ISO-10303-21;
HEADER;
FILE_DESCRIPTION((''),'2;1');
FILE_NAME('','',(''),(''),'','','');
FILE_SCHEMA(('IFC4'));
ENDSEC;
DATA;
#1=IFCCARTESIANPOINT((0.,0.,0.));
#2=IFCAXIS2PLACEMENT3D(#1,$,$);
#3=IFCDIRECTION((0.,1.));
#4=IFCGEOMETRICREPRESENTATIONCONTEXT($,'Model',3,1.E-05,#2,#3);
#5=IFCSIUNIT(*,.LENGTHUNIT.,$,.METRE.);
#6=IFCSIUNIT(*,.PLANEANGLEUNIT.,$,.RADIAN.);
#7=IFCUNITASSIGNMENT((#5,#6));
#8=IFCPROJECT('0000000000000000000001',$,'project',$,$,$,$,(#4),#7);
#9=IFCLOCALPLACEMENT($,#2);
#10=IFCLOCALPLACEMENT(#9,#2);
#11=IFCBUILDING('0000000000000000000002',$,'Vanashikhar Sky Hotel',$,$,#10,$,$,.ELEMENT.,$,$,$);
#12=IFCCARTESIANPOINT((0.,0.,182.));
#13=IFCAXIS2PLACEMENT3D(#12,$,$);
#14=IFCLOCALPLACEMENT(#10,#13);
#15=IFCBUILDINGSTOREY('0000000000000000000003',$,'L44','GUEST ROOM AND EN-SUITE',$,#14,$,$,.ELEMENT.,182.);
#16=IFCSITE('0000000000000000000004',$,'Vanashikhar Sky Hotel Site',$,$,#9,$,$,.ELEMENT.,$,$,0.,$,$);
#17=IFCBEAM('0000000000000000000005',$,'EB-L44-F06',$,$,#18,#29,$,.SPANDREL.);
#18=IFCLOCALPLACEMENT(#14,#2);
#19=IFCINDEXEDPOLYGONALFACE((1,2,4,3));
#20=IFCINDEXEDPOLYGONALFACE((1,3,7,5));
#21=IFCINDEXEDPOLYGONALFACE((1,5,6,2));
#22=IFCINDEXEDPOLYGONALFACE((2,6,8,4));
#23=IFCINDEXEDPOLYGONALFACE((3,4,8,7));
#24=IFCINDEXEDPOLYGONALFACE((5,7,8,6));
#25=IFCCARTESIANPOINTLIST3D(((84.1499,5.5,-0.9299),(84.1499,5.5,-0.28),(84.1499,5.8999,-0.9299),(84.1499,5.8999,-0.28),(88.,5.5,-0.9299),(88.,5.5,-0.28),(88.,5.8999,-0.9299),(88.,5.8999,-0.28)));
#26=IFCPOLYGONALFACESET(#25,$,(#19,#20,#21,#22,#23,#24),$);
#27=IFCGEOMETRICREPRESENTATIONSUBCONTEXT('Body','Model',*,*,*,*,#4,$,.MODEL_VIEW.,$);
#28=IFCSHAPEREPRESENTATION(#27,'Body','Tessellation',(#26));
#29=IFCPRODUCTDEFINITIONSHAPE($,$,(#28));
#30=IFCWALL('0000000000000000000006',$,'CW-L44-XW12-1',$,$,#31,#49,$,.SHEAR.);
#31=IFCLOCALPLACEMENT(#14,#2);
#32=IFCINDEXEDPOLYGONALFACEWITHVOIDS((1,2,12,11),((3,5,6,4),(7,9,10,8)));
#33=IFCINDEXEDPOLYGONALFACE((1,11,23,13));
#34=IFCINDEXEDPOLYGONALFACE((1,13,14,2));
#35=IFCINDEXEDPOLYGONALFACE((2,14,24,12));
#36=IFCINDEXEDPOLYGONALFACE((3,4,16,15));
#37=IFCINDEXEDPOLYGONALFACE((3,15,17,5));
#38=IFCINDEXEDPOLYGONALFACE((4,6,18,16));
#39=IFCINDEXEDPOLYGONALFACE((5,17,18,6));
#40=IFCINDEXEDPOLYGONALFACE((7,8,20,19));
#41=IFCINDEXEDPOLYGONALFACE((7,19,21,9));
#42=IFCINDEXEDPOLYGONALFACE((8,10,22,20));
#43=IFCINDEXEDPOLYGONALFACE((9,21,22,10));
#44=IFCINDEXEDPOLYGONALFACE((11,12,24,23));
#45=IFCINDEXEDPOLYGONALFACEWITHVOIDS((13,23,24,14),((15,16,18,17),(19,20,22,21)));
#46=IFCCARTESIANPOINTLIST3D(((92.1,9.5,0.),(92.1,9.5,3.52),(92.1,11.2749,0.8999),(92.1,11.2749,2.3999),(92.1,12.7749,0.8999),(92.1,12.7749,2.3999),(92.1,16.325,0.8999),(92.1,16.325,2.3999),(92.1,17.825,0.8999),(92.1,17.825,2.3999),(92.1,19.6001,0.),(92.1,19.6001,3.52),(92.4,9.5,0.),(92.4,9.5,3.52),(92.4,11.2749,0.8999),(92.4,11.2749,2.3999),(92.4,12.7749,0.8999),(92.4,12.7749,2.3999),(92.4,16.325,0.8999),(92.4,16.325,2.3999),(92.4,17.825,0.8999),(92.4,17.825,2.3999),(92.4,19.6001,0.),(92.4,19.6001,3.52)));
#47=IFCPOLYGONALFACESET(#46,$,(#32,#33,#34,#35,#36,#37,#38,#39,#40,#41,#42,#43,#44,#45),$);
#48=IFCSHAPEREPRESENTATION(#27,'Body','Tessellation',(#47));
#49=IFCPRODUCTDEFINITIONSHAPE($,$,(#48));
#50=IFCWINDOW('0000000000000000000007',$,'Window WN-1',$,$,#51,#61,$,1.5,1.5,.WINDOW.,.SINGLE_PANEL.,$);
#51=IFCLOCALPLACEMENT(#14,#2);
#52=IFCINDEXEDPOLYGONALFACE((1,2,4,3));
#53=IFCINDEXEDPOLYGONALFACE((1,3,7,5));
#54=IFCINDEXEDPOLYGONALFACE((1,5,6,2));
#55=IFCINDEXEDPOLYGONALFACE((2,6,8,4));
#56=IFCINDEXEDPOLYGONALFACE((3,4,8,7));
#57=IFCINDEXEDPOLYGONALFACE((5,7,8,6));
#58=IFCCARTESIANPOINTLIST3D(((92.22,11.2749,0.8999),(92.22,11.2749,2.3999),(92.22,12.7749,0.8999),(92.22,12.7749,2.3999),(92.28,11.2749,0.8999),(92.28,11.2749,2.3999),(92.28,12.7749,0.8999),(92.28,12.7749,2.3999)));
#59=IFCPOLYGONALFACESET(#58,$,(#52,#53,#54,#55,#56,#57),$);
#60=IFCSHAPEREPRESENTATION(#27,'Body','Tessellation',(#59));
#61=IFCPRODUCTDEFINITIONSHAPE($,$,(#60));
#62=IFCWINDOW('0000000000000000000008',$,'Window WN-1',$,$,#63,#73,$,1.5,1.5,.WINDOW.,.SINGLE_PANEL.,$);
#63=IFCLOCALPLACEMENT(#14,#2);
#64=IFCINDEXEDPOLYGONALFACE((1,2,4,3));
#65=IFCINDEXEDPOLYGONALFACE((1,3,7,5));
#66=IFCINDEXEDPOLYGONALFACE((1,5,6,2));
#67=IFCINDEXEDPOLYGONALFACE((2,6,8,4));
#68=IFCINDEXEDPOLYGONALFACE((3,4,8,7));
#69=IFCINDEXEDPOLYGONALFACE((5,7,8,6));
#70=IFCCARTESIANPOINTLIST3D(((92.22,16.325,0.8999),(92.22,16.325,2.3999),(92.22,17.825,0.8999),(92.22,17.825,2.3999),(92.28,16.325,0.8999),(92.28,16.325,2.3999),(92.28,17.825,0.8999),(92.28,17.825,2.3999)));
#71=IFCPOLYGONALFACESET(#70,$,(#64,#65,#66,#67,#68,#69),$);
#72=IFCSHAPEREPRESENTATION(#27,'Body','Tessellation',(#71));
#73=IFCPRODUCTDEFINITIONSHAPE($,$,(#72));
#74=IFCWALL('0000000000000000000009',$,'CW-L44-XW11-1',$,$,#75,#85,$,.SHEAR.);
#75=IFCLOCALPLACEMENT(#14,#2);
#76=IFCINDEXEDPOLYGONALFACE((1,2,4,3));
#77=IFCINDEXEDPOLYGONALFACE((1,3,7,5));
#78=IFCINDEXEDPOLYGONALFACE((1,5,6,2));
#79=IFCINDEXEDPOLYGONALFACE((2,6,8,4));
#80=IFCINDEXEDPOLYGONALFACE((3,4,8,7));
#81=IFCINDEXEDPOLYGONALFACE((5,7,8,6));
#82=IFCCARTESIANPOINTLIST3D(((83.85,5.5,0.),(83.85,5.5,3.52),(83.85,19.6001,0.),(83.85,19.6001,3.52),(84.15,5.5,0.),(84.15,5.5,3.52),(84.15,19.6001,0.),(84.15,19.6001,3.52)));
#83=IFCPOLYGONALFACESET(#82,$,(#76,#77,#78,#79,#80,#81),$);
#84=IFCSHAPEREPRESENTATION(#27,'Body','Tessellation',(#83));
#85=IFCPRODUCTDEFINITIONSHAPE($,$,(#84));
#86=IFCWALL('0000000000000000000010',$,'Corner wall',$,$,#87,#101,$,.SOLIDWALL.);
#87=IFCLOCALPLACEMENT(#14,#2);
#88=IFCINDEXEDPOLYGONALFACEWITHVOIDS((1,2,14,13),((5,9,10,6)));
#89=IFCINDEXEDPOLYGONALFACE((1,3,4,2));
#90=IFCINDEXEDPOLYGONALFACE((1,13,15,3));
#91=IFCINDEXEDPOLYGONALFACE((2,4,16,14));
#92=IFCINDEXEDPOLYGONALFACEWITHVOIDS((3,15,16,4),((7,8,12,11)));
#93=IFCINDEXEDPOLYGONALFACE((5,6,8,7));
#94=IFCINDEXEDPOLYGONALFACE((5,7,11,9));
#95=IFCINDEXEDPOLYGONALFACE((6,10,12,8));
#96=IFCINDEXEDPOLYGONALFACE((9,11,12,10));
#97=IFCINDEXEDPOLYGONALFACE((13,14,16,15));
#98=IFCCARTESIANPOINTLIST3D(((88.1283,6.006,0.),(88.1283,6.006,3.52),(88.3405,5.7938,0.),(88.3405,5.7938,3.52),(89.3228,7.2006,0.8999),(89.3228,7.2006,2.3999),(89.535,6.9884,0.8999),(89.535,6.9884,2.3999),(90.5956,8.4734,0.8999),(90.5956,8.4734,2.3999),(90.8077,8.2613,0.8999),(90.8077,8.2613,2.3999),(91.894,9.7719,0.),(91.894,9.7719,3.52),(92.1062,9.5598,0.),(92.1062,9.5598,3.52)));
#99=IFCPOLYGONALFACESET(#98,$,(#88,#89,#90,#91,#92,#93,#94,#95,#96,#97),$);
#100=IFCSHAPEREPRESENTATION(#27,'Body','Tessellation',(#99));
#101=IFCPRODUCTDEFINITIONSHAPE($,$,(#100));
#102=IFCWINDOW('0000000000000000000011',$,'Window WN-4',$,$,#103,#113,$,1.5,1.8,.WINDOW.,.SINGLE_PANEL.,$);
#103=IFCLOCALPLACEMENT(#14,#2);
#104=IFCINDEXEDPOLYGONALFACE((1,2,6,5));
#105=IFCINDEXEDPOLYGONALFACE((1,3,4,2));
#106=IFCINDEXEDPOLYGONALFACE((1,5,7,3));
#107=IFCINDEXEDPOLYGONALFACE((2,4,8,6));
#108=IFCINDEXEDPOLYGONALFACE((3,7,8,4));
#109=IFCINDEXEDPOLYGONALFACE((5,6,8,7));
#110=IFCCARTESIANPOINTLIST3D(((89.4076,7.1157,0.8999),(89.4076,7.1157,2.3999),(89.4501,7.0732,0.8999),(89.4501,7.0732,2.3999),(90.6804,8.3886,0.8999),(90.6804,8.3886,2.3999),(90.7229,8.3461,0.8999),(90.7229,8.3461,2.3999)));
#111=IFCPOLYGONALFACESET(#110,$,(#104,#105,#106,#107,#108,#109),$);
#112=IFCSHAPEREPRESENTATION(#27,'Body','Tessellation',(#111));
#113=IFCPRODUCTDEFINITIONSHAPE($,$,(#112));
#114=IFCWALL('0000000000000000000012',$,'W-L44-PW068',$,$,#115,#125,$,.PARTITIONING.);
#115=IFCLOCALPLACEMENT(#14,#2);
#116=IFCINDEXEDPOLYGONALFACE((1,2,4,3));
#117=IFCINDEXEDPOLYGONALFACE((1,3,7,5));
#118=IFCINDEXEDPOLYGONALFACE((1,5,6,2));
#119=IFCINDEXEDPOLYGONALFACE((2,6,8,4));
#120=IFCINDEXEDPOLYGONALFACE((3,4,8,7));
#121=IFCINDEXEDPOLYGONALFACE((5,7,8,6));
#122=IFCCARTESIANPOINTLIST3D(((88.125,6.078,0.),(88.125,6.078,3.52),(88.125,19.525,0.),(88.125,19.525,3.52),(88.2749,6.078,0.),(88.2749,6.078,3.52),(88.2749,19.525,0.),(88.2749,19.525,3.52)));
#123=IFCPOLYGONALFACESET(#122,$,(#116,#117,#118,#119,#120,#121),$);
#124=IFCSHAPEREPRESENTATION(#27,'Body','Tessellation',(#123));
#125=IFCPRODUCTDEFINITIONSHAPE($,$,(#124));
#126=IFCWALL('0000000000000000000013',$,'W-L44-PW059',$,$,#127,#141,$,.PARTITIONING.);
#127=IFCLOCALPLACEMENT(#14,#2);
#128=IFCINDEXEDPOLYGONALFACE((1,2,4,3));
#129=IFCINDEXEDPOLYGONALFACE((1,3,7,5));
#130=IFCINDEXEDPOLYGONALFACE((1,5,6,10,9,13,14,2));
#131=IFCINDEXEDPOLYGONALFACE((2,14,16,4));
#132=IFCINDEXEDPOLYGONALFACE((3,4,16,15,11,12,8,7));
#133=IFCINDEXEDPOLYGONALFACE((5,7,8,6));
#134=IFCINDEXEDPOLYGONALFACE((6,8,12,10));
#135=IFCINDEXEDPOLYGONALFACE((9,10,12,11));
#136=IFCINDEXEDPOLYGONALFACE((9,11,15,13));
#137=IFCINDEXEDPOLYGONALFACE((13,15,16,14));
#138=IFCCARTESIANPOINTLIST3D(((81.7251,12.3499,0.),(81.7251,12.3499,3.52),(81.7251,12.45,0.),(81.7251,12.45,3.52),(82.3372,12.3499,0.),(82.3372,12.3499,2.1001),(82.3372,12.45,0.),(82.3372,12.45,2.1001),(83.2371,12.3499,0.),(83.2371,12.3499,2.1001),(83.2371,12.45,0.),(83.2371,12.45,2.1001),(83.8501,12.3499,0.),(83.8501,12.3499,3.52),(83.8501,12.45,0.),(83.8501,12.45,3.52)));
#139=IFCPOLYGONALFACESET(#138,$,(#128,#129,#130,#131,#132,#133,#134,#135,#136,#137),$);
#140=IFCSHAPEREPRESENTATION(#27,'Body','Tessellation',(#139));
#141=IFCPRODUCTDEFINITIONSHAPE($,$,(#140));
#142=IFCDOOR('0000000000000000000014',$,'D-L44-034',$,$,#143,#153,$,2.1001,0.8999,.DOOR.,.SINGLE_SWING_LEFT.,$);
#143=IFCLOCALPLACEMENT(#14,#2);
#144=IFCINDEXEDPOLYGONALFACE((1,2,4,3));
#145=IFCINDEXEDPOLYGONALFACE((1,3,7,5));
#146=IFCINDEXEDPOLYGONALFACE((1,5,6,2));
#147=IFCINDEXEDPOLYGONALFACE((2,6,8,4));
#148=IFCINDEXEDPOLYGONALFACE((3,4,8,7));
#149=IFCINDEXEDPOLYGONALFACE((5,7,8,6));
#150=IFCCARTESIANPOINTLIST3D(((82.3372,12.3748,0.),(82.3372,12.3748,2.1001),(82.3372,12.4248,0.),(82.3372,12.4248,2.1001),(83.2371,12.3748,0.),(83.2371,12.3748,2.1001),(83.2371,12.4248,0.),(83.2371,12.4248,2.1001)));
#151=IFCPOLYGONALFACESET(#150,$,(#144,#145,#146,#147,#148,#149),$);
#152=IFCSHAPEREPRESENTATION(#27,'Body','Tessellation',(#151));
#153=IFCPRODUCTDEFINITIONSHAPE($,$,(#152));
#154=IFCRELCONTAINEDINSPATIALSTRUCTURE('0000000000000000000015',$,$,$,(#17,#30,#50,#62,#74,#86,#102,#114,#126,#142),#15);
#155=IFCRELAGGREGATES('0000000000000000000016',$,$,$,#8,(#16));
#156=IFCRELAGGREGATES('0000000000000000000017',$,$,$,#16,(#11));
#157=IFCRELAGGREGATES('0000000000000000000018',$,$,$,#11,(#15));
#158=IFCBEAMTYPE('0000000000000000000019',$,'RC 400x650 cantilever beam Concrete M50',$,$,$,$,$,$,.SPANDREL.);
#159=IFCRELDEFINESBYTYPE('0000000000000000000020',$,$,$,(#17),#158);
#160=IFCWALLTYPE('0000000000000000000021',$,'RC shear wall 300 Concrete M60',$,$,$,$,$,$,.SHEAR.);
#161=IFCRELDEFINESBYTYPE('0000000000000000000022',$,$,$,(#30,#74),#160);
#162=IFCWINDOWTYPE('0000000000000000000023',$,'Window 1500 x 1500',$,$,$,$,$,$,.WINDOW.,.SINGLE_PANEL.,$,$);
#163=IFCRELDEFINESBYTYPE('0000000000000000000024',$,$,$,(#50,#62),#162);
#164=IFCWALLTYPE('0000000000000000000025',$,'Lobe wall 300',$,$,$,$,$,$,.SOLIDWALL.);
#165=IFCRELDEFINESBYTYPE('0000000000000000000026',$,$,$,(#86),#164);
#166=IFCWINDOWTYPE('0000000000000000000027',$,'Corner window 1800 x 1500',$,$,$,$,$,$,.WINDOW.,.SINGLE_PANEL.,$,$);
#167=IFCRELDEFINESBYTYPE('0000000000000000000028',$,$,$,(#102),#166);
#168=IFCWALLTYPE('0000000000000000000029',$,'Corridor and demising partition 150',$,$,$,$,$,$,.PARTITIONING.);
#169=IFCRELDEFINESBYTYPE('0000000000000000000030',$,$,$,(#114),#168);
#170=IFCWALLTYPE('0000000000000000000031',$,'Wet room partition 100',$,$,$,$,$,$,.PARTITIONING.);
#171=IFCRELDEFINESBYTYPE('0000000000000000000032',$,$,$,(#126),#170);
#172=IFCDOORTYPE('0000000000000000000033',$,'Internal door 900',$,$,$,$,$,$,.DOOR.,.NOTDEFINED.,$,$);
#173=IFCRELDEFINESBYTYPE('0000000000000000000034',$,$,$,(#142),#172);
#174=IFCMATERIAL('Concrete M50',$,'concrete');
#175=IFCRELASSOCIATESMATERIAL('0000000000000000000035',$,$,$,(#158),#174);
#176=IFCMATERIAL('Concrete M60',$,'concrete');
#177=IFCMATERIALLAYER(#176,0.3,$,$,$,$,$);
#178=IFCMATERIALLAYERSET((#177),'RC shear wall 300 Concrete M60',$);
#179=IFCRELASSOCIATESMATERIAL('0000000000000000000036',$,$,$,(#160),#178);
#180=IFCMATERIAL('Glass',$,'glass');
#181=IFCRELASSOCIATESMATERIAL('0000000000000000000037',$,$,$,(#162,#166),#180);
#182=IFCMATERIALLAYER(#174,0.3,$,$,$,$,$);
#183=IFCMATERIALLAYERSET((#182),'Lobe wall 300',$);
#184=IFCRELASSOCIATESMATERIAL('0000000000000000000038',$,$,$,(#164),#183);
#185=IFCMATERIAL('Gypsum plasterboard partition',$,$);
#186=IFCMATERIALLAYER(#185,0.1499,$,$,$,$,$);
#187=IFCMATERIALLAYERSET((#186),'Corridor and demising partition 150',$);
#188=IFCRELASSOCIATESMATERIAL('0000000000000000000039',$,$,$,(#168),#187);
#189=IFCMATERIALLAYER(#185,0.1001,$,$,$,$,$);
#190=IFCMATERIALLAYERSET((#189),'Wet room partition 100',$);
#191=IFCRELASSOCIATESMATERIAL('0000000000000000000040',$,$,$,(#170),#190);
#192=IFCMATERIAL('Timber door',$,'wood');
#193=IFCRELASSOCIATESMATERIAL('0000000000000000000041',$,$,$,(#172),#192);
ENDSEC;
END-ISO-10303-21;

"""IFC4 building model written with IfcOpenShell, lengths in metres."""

from ifc_helpers import new_model, si_unit, direction, frame, frame_2d, origin, origin_2d, place, context, subcontext, project, spatial, rectangle, extrude, source, transform, mapped, material, layer, layer_set, material_profile, profile_set, type_object, element, fill, save


model = new_model("IFC4")

# Units and contexts
model_context = context("Model", 3, precision=1e-05, world=origin(), true_north=direction((0.0, 1.0)))
body_context = subcontext(model_context, "Body", "Model", "MODEL_VIEW")
ifc_project = project(units=[si_unit("LENGTHUNIT", "METRE"), si_unit("PLANEANGLEUNIT", "RADIAN")], contexts=[model_context])

# Site, building, storey
site_placement = place(None, origin())
site = spatial("IfcSite", under=ifc_project, at=site_placement, Name="Vanashikhar Sky Hotel Site", CompositionType="ELEMENT", RefElevation=0.0)
building_placement = place(site_placement, origin())
building = spatial("IfcBuilding", under=site, at=building_placement, Name="Vanashikhar Sky Hotel", CompositionType="ELEMENT")
storey_placement = place(building_placement, frame((0.0, 0.0, 182.0)))
storey = spatial("IfcBuildingStorey", under=building, at=storey_placement, Name="L44", Description="GUEST ROOM AND EN-SUITE", CompositionType="ELEMENT", Elevation=182.0)

# Beam
ifc_material_1 = material(Name="Concrete M50", Category="concrete")
ifc_material_profile = material_profile(ifc_material_1, rectangle(XDim=0.3999, YDim=0.6499, at=origin_2d()))
ifc_profile_set = profile_set([ifc_material_profile], Name="RC 400x650 cantilever beam Concrete M50")
beam_type = type_object("IfcBeamType", Name="RC 400x650 cantilever beam Concrete M50", PredefinedType="SPANDREL", material=ifc_profile_set)
shared_shape_1 = source(origin(), body_context, "Body", "SweptSolid", [
    extrude(rectangle(XDim=0.3999, YDim=0.6499, at=origin_2d()), origin(), (0.0, 0.0, 1.0), 3.8501),
])
beam_placement = place(storey_placement, frame((84.1499, 5.7, -0.605), z_axis=(1.0, 0.0, 0.0), x_axis=(0.0, 1.0, 0.0)))
element("IfcBeam", 1, at=beam_placement, inside=storey, type_object=beam_type, Name="EB-L44-F06", PredefinedType="SPANDREL", context=body_context, shape_type="MappedRepresentation", body=[
    mapped(shared_shape_1, transform((0.0, 0.0, 0.0), scale=1.0)),
])

# Wall, openings, windows
ifc_material_2 = material(Name="Concrete M60", Category="concrete")
ifc_layer_1 = layer(ifc_material_2, 0.3)
ifc_layer_set_1 = layer_set([ifc_layer_1], Name="RC shear wall 300 Concrete M60")
wall_type_1 = type_object("IfcWallType", Name="RC shear wall 300 Concrete M60", PredefinedType="SHEAR", material=ifc_layer_set_1)
shared_shape_2 = source(origin(), body_context, "Body", "SweptSolid", [
    extrude(rectangle(XDim=10.1001, YDim=0.3, at=frame_2d((5.05, 0.0))), origin(), (0.0, 0.0, 1.0), 3.52),
])
wall_1_placement = place(storey_placement, frame((92.25, 9.5, 0.0), z_axis=(0.0, 0.0, 1.0), x_axis=(0.0, 1.0, 0.0)))
wall_1 = element("IfcWall", 2, at=wall_1_placement, inside=storey, type_object=wall_type_1, Name="CW-L44-XW12-1", PredefinedType="SHEAR", context=body_context, shape_type="MappedRepresentation", body=[
    mapped(shared_shape_2, transform((0.0, 0.0, 0.0), scale=1.0)),
])
shared_shape_3 = source(origin(), body_context, "Body", "SweptSolid", [
    extrude(rectangle(XDim=1.5, YDim=1.5, at=frame_2d((0.75, 0.75))), frame((0.0, 0.1602, 0.0), z_axis=(0.0, -1.0, 0.0), x_axis=(1.0, 0.0, 0.0)), (0.0, 0.0, 1.0), 0.3201),
])
opening_1_placement = place(wall_1_placement, frame((1.7749, 0.0, 0.8999)))
opening_1 = element("IfcOpeningElement", 3, at=opening_1_placement, cuts=wall_1, PredefinedType="OPENING", context=body_context, shape_type="MappedRepresentation", body=[
    mapped(shared_shape_3, transform((0.0, 0.0, 0.0), scale=1.0)),
])
opening_2_placement = place(wall_1_placement, frame((6.825, 0.0, 0.8999)))
opening_2 = element("IfcOpeningElement", 4, at=opening_2_placement, cuts=wall_1, PredefinedType="OPENING", context=body_context, shape_type="MappedRepresentation", body=[
    mapped(shared_shape_3, transform((0.0, 0.0, 0.0), scale=1.0)),
])
ifc_material_3 = material(Name="Glass", Category="glass")
window_type_1 = type_object("IfcWindowType", Name="Window 1500 x 1500", PartitioningType="SINGLE_PANEL", PredefinedType="WINDOW", material=ifc_material_3)
shared_shape_4 = source(origin(), body_context, "Body", "SweptSolid", [
    extrude(rectangle(XDim=1.5, YDim=1.5, at=frame_2d((0.75, 0.75))), frame((0.0, 0.03, 0.0), z_axis=(0.0, -1.0, 0.0), x_axis=(1.0, 0.0, 0.0)), (0.0, 0.0, 1.0), 0.0601),
])
window_1_placement = place(opening_1_placement, origin())
window_1 = element("IfcWindow", 5, at=window_1_placement, inside=storey, type_object=window_type_1, Name="Window WN-1", OverallHeight=1.5, OverallWidth=1.5, PartitioningType="SINGLE_PANEL", PredefinedType="WINDOW", context=body_context, shape_type="MappedRepresentation", body=[
    mapped(shared_shape_4, transform((0.0, 0.0, 0.0), scale=1.0)),
])
fill(opening_1, window_1)
window_2_placement = place(opening_2_placement, origin())
window_2 = element("IfcWindow", 6, at=window_2_placement, inside=storey, type_object=window_type_1, Name="Window WN-1", OverallHeight=1.5, OverallWidth=1.5, PartitioningType="SINGLE_PANEL", PredefinedType="WINDOW", context=body_context, shape_type="MappedRepresentation", body=[
    mapped(shared_shape_4, transform((0.0, 0.0, 0.0), scale=1.0)),
])
fill(opening_2, window_2)

# Wall
shared_shape_5 = source(origin(), body_context, "Body", "SweptSolid", [
    extrude(rectangle(XDim=14.1001, YDim=0.3, at=frame_2d((7.05, 0.0))), origin(), (0.0, 0.0, 1.0), 3.52),
])
wall_2_placement = place(storey_placement, frame((84.0, 5.5, 0.0), z_axis=(0.0, 0.0, 1.0), x_axis=(0.0, 1.0, 0.0)))
element("IfcWall", 7, at=wall_2_placement, inside=storey, type_object=wall_type_1, Name="CW-L44-XW11-1", PredefinedType="SHEAR", context=body_context, shape_type="MappedRepresentation", body=[
    mapped(shared_shape_5, transform((0.0, 0.0, 0.0), scale=1.0)),
])

# Wall, opening, window
ifc_layer_2 = layer(ifc_material_1, 0.3)
ifc_layer_set_2 = layer_set([ifc_layer_2], Name="Lobe wall 300")
wall_type_2 = type_object("IfcWallType", Name="Lobe wall 300", PredefinedType="SOLIDWALL", material=ifc_layer_set_2)
shared_shape_6 = source(origin(), body_context, "Body", "SweptSolid", [
    extrude(rectangle(XDim=5.3257, YDim=0.3, at=frame_2d((2.6628, 0.0))), origin(), (0.0, 0.0, 1.0), 3.52),
])
wall_3_placement = place(storey_placement, frame((88.2344, 5.8999, 0.0), z_axis=(0.0, 0.0, 1.0), x_axis=(0.707084, 0.70713, 0.0)))
wall_3 = element("IfcWall", 8, at=wall_3_placement, inside=storey, type_object=wall_type_2, Name="Corner wall", PredefinedType="SOLIDWALL", context=body_context, shape_type="MappedRepresentation", body=[
    mapped(shared_shape_6, transform((0.0, 0.0, 0.0), scale=1.0)),
])
shared_shape_7 = source(origin(), body_context, "Body", "SweptSolid", [
    extrude(rectangle(XDim=1.8, YDim=1.5, at=frame_2d((0.8999, 0.75))), frame((0.0, 0.1602, 0.0), z_axis=(0.0, -1.0, 0.0), x_axis=(1.0, 0.0, 0.0)), (0.0, 0.0, 1.0), 0.3201),
])
opening_3_placement = place(wall_3_placement, frame((1.6895, 0.0, 0.8999)))
opening_3 = element("IfcOpeningElement", 9, at=opening_3_placement, cuts=wall_3, PredefinedType="OPENING", context=body_context, shape_type="MappedRepresentation", body=[
    mapped(shared_shape_7, transform((0.0, 0.0, 0.0), scale=1.0)),
])
window_type_2 = type_object("IfcWindowType", Name="Corner window 1800 x 1500", PartitioningType="SINGLE_PANEL", PredefinedType="WINDOW", material=ifc_material_3)
shared_shape_8 = source(origin(), body_context, "Body", "SweptSolid", [
    extrude(rectangle(XDim=1.8, YDim=1.5, at=frame_2d((0.8999, 0.75))), frame((0.0, 0.03, 0.0), z_axis=(0.0, -1.0, 0.0), x_axis=(1.0, 0.0, 0.0)), (0.0, 0.0, 1.0), 0.0601),
])
window_3_placement = place(opening_3_placement, origin())
window_3 = element("IfcWindow", 10, at=window_3_placement, inside=storey, type_object=window_type_2, Name="Window WN-4", OverallHeight=1.5, OverallWidth=1.8, PartitioningType="SINGLE_PANEL", PredefinedType="WINDOW", context=body_context, shape_type="MappedRepresentation", body=[
    mapped(shared_shape_8, transform((0.0, 0.0, 0.0), scale=1.0)),
])
fill(opening_3, window_3)

# Wall
ifc_material_4 = material(Name="Gypsum plasterboard partition")
ifc_layer_3 = layer(ifc_material_4, 0.1499)
ifc_layer_set_3 = layer_set([ifc_layer_3], Name="Corridor and demising partition 150")
wall_type_3 = type_object("IfcWallType", Name="Corridor and demising partition 150", PredefinedType="PARTITIONING", material=ifc_layer_set_3)
shared_shape_9 = source(origin(), body_context, "Body", "SweptSolid", [
    extrude(rectangle(XDim=13.447, YDim=0.1499, at=frame_2d((6.7236, 0.0))), origin(), (0.0, 0.0, 1.0), 3.52),
])
wall_4_placement = place(storey_placement, frame((88.2, 6.0779, 0.0), z_axis=(0.0, 0.0, 1.0), x_axis=(0.0, 1.0, 0.0)))
element("IfcWall", 11, at=wall_4_placement, inside=storey, type_object=wall_type_3, Name="W-L44-PW068", PredefinedType="PARTITIONING", context=body_context, shape_type="MappedRepresentation", body=[
    mapped(shared_shape_9, transform((0.0, 0.0, 0.0), scale=1.0)),
])

# Wall, opening, door
ifc_layer_4 = layer(ifc_material_4, 0.1001)
ifc_layer_set_4 = layer_set([ifc_layer_4], Name="Wet room partition 100")
wall_type_4 = type_object("IfcWallType", Name="Wet room partition 100", PredefinedType="PARTITIONING", material=ifc_layer_set_4)
shared_shape_10 = source(origin(), body_context, "Body", "SweptSolid", [
    extrude(rectangle(XDim=2.125, YDim=0.1001, at=frame_2d((1.0625, 0.0))), origin(), (0.0, 0.0, 1.0), 3.52),
])
wall_5_placement = place(storey_placement, frame((81.7251, 12.3999, 0.0), z_axis=(0.0, 0.0, 1.0), x_axis=(1.0, 0.0, 0.0)))
wall_5 = element("IfcWall", 12, at=wall_5_placement, inside=storey, type_object=wall_type_4, Name="W-L44-PW059", PredefinedType="PARTITIONING", context=body_context, shape_type="MappedRepresentation", body=[
    mapped(shared_shape_10, transform((0.0, 0.0, 0.0), scale=1.0)),
])
shared_shape_11 = source(origin(), body_context, "Body", "SweptSolid", [
    extrude(rectangle(XDim=0.8999, YDim=2.1001, at=frame_2d((0.45, 1.05))), frame((0.0, 0.0601, 0.0), z_axis=(0.0, -1.0, 0.0), x_axis=(1.0, 0.0, 0.0)), (0.0, 0.0, 1.0), 0.1201),
])
opening_4_placement = place(wall_5_placement, frame((0.6121, 0.0, 0.0)))
opening_4 = element("IfcOpeningElement", 13, at=opening_4_placement, cuts=wall_5, PredefinedType="OPENING", context=body_context, shape_type="MappedRepresentation", body=[
    mapped(shared_shape_11, transform((0.0, 0.0, 0.0), scale=1.0)),
])
ifc_material_5 = material(Name="Timber door", Category="wood")
door_type_1 = type_object("IfcDoorType", Name="Internal door 900", OperationType="NOTDEFINED", PredefinedType="DOOR", material=ifc_material_5)
shared_shape_12 = source(origin(), body_context, "Body", "SweptSolid", [
    extrude(rectangle(XDim=0.8999, YDim=2.1001, at=frame_2d((0.45, 1.05))), frame((0.0, 0.0249, 0.0), z_axis=(0.0, -1.0, 0.0), x_axis=(1.0, 0.0, 0.0)), (0.0, 0.0, 1.0), 0.05),
])
door_1_placement = place(opening_4_placement, origin())
door_1 = element("IfcDoor", 14, at=door_1_placement, inside=storey, type_object=door_type_1, Name="D-L44-034", OperationType="SINGLE_SWING_LEFT", OverallHeight=2.1001, OverallWidth=0.8999, PredefinedType="DOOR", context=body_context, shape_type="MappedRepresentation", body=[
    mapped(shared_shape_12, transform((0.0, 0.0, 0.0), scale=1.0)),
])
fill(opening_4, door_1)

save(model, "model.ifc")
